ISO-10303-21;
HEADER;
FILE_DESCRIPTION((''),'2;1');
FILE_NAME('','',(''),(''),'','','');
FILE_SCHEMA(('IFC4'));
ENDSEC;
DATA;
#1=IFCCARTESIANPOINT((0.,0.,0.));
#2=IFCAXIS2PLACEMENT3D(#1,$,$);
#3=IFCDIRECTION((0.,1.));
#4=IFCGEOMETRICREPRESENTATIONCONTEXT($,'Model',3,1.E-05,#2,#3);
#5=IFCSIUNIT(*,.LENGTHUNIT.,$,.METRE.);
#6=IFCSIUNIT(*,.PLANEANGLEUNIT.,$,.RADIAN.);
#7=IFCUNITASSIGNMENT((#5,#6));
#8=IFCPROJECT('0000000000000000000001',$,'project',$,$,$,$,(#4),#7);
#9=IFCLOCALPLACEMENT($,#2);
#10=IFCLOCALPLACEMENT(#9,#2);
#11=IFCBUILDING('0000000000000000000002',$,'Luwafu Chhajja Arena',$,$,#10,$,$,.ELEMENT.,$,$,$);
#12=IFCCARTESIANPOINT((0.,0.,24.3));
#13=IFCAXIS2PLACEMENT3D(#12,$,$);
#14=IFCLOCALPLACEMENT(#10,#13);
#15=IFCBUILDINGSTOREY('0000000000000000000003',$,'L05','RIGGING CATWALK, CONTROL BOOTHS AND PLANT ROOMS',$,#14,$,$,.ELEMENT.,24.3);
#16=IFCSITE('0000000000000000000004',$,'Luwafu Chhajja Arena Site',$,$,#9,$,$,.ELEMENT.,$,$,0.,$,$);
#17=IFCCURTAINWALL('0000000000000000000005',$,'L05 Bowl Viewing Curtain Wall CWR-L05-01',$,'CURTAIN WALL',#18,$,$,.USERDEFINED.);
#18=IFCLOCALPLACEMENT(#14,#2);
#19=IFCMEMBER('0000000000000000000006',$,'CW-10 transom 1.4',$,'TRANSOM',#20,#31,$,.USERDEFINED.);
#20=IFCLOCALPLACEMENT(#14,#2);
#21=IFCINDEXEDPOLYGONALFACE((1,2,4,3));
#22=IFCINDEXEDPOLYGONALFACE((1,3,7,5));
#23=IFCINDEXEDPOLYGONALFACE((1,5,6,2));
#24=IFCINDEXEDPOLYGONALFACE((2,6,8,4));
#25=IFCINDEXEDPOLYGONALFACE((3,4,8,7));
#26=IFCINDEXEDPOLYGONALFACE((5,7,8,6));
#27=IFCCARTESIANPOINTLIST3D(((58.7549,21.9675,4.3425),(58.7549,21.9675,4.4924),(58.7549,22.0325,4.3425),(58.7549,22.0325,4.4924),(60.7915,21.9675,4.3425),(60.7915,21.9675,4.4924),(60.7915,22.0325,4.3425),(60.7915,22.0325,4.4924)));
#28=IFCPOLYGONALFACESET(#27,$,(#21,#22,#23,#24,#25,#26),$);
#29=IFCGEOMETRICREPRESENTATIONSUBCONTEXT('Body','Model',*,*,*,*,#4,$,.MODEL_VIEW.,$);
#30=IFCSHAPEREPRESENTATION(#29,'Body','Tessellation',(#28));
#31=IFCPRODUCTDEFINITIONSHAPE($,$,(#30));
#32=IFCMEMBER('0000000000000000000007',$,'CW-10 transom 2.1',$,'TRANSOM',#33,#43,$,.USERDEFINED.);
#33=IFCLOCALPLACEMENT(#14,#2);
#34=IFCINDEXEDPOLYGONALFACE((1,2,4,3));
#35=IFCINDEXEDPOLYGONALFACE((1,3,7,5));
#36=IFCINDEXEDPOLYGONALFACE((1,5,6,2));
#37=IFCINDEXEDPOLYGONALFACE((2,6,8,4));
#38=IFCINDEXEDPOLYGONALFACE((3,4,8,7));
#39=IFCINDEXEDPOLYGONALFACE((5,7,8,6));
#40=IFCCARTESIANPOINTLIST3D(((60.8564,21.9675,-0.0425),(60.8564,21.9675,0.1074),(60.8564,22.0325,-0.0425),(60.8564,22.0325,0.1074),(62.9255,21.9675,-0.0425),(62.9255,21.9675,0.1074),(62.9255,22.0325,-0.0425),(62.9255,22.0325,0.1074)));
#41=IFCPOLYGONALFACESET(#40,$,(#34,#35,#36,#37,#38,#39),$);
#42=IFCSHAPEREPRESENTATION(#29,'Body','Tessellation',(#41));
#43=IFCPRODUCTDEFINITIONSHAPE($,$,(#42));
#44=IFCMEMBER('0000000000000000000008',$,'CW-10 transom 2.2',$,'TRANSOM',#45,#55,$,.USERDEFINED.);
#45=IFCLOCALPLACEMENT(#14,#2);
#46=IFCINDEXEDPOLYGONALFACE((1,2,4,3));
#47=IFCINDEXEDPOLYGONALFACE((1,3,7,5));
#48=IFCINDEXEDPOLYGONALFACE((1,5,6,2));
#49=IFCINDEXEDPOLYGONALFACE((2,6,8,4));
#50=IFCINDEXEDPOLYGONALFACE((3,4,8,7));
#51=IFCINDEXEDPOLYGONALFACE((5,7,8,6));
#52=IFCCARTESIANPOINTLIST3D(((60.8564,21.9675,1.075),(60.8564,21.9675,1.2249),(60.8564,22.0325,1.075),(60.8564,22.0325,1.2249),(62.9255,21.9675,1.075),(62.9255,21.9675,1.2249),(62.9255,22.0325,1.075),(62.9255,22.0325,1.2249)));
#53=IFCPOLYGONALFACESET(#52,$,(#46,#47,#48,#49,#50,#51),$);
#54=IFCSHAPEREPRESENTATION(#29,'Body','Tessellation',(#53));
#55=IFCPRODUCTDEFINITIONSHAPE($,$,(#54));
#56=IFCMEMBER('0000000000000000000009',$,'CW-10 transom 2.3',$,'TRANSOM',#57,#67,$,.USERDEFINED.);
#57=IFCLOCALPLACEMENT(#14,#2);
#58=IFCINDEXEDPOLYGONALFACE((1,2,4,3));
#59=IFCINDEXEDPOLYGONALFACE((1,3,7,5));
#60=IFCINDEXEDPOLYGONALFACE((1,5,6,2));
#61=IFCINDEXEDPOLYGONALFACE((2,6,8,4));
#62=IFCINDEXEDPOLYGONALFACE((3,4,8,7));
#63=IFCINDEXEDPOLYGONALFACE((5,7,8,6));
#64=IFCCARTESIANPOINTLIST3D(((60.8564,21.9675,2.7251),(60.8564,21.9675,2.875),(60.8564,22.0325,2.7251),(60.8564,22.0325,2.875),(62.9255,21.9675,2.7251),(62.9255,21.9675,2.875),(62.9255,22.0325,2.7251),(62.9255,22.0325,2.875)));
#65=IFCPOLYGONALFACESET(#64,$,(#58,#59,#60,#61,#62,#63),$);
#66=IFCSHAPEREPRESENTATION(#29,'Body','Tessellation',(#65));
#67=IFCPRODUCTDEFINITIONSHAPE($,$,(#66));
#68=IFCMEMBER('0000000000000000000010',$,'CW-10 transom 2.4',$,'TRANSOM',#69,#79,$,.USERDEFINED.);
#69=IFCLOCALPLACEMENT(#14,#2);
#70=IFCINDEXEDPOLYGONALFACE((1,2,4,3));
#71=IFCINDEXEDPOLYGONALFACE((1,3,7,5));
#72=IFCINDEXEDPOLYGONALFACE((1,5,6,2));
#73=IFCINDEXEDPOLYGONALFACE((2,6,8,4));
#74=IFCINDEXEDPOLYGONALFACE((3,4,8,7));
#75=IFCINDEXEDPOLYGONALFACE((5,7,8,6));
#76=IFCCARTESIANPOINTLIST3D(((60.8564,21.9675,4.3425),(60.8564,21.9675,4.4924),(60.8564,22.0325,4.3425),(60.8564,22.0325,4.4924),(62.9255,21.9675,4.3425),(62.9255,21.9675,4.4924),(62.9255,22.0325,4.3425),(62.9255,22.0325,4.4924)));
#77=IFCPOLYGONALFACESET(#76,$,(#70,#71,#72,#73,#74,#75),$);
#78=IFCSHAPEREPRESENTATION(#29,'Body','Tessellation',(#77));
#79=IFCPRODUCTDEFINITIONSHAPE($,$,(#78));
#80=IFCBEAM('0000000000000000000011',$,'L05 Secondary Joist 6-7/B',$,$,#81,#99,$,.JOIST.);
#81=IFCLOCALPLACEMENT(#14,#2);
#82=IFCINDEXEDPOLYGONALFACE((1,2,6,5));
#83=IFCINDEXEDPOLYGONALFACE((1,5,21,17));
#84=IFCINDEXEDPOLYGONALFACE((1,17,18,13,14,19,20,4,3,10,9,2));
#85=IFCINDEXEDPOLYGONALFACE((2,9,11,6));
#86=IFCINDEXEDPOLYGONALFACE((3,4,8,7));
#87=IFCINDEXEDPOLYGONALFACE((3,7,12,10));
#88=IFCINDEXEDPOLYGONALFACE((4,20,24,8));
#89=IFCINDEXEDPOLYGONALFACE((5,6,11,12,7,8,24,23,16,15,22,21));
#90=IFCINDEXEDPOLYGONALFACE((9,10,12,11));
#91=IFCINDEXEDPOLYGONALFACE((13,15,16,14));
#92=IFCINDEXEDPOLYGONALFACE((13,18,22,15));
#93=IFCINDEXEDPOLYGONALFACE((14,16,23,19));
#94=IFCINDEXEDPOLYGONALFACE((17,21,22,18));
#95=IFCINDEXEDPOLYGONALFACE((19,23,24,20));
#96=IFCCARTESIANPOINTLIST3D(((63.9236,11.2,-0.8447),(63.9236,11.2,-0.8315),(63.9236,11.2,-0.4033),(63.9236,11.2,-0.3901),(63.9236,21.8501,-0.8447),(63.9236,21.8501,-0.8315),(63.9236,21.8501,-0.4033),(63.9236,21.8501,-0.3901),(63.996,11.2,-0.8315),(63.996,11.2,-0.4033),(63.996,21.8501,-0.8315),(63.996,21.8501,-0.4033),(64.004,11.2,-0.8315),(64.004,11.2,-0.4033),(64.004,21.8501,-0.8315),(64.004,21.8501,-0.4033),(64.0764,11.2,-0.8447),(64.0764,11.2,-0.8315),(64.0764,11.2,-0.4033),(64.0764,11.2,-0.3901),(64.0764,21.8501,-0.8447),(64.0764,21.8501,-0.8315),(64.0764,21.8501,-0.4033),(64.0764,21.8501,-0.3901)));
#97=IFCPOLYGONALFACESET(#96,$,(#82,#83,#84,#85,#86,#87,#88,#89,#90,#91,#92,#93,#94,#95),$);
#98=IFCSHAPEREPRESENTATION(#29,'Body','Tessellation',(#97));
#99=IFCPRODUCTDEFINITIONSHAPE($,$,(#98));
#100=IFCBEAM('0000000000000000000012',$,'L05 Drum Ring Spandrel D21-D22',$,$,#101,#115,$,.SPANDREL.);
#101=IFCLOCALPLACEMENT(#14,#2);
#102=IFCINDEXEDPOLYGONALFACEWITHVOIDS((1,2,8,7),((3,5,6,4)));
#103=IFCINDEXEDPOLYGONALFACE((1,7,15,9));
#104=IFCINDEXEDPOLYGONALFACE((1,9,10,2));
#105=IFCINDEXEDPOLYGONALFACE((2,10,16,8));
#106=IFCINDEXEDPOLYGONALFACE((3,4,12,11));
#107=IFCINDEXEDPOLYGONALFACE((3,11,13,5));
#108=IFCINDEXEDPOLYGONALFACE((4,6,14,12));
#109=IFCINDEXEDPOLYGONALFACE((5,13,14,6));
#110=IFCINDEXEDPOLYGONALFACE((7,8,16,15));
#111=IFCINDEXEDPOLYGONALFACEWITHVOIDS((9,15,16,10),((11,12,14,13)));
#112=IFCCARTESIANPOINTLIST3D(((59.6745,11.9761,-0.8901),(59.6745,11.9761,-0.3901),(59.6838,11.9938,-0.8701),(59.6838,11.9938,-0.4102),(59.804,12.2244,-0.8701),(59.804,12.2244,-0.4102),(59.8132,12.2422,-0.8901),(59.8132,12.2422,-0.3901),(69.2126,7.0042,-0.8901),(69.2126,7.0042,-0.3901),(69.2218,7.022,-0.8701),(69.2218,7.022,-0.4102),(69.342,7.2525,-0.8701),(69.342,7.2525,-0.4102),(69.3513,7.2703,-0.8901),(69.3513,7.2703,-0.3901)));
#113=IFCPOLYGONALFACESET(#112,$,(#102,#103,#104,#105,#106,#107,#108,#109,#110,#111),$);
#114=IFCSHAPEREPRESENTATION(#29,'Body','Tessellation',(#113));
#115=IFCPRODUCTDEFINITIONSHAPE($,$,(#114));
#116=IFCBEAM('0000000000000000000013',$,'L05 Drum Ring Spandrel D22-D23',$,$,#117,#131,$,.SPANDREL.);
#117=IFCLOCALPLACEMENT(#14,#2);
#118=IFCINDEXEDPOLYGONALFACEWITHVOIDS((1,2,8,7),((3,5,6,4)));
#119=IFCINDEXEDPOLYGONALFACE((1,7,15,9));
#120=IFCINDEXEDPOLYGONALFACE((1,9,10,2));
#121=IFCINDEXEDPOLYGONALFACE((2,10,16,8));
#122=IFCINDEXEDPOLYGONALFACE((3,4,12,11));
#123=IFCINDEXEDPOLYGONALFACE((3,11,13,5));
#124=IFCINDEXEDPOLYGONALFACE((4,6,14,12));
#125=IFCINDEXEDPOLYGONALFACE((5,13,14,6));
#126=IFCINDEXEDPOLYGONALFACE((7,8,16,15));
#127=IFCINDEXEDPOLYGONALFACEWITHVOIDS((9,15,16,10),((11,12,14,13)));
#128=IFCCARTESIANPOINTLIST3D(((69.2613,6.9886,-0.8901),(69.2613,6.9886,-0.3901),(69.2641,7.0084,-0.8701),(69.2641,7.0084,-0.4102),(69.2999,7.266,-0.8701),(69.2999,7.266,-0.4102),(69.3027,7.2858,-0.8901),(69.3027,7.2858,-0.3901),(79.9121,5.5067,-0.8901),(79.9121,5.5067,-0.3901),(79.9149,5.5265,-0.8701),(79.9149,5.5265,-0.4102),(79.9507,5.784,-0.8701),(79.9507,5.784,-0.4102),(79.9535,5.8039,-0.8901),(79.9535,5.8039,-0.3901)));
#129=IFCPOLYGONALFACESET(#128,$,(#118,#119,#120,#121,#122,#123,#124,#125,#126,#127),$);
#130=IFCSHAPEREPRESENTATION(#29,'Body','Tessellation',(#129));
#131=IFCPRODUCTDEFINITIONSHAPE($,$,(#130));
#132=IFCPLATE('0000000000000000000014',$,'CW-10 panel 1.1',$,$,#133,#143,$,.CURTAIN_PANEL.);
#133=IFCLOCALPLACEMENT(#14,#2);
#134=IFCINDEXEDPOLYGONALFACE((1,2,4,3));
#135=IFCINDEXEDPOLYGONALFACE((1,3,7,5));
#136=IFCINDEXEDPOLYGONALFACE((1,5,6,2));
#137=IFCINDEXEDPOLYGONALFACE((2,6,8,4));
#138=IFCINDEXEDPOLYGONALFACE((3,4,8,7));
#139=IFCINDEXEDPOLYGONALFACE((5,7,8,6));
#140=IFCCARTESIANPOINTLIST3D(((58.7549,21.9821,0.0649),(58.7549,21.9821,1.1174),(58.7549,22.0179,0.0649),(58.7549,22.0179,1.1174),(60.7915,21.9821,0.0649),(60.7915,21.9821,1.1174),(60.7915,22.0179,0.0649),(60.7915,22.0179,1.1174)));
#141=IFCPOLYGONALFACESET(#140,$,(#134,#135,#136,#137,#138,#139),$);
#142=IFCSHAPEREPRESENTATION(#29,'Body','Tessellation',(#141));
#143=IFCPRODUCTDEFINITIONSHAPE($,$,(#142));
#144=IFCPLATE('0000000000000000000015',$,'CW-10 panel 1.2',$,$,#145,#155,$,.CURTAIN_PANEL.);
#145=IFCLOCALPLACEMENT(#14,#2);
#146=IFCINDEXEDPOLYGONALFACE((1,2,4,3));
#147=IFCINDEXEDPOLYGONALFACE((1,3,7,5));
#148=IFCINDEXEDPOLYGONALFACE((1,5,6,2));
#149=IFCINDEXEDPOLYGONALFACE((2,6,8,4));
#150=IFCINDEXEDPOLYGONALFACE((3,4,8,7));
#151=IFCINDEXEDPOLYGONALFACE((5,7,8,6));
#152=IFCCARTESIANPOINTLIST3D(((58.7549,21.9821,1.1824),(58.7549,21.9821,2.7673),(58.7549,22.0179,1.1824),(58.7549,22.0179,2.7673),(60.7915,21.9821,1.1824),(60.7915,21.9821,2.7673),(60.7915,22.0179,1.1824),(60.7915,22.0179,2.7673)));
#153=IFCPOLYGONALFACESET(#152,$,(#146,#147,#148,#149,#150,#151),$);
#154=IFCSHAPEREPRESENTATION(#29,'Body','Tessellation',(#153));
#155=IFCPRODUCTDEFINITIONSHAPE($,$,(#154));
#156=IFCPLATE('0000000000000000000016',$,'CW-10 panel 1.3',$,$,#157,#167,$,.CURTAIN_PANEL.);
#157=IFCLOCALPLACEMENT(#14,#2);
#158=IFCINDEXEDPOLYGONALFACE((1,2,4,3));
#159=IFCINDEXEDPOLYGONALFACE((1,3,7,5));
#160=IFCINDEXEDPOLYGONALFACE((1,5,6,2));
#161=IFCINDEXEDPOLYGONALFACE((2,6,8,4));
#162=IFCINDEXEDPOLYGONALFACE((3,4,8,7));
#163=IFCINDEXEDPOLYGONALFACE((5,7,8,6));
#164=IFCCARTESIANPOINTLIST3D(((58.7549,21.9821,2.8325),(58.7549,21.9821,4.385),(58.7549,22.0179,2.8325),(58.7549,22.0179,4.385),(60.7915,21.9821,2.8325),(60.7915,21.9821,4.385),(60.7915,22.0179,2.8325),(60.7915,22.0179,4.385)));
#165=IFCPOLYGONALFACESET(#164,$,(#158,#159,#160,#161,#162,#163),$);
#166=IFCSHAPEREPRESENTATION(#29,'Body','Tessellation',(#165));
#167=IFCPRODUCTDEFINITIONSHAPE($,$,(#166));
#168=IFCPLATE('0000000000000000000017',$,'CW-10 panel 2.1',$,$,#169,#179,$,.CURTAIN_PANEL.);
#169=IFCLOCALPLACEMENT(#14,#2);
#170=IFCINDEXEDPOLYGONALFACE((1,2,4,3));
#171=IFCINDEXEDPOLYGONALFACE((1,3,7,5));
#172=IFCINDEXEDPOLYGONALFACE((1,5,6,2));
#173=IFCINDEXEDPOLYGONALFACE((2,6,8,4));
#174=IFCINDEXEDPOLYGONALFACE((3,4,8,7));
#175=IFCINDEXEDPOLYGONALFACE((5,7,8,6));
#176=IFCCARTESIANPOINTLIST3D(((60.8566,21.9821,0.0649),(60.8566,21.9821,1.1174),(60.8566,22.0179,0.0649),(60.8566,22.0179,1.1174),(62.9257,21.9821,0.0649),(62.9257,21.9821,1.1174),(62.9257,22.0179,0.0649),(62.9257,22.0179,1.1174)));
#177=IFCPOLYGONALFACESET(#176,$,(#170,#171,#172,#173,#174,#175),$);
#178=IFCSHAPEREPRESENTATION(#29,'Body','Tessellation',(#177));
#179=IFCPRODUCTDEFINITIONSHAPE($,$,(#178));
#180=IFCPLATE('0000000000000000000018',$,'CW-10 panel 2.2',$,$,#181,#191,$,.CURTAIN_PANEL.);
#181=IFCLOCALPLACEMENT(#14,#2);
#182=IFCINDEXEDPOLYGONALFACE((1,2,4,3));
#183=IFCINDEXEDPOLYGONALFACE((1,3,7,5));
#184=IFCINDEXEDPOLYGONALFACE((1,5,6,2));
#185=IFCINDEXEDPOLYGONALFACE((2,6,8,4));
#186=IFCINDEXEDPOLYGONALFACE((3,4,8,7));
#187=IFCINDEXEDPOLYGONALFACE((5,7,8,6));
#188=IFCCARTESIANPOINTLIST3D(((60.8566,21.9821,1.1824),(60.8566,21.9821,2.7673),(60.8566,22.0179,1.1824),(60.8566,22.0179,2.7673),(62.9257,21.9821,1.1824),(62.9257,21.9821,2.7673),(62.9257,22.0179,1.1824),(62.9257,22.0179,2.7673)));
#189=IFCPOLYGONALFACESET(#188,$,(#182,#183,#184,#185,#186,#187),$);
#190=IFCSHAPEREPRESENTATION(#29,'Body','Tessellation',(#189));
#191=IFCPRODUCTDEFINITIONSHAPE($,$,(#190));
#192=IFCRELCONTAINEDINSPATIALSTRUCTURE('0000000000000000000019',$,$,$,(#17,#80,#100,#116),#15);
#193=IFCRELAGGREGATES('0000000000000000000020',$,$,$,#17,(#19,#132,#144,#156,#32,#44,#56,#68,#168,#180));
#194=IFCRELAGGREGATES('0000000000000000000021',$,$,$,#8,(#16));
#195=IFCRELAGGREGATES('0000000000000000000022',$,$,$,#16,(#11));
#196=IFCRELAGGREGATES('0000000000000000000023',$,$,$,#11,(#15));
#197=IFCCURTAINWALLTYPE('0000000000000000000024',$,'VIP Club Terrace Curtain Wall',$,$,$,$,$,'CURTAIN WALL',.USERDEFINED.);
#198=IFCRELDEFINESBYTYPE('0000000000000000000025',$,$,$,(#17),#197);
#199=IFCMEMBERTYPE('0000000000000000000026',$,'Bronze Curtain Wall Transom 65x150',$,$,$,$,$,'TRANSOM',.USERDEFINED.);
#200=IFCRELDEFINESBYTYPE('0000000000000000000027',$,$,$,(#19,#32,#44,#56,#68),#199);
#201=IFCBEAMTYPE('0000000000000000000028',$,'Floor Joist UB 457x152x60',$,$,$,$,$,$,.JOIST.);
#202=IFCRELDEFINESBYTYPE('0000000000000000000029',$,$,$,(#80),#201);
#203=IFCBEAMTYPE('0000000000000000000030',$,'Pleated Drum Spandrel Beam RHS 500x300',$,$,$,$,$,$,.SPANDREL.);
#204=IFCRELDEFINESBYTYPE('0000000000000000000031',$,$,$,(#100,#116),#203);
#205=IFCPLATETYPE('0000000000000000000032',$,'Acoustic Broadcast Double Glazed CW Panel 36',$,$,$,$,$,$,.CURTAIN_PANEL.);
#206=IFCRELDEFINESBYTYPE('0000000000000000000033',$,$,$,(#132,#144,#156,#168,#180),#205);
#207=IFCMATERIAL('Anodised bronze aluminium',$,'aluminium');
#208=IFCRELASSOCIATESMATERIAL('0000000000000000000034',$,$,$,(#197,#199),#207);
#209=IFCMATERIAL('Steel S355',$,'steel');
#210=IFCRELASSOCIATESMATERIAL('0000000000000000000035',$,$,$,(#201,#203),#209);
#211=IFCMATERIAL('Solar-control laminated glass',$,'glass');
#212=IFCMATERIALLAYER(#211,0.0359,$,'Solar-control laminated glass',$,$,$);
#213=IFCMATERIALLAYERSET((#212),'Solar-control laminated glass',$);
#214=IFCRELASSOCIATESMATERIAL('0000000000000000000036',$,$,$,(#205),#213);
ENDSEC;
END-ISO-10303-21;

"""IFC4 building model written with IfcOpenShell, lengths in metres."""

from ifc_helpers import new_model, si_unit, direction, frame, origin, origin_2d, place, context, subcontext, project, spatial, rectangle, hollow_rectangle, i_section, extrude, material, layer, layer_set, material_profile, profile_set, type_object, element, aggregate, save


model = new_model("IFC4")

# Units and contexts
model_context = context("Model", 3, precision=1e-05, world=origin(), true_north=direction((0.0, 1.0)))
body_context = subcontext(model_context, "Body", "Model", "MODEL_VIEW")
ifc_project = project(units=[si_unit("LENGTHUNIT", "METRE"), si_unit("PLANEANGLEUNIT", "RADIAN")], contexts=[model_context])

# Site, building, storey
site_placement = place(None, origin())
site = spatial("IfcSite", under=ifc_project, at=site_placement, Name="Luwafu Chhajja Arena Site", CompositionType="ELEMENT", RefElevation=0.0)
building_placement = place(site_placement, origin())
building = spatial("IfcBuilding", under=site, at=building_placement, Name="Luwafu Chhajja Arena", CompositionType="ELEMENT")
storey_placement = place(building_placement, frame((0.0, 0.0, 24.3)))
storey = spatial("IfcBuildingStorey", under=building, at=storey_placement, Name="L05", Description="RIGGING CATWALK, CONTROL BOOTHS AND PLANT ROOMS", CompositionType="ELEMENT", Elevation=24.3)

# Shared definitions
ifc_material_1 = material(Name="Steel S355", Category="steel")

# Curtain wall, members
ifc_material_2 = material(Name="Anodised bronze aluminium", Category="aluminium")
curtain_wall_type = type_object("IfcCurtainWallType", Name="VIP Club Terrace Curtain Wall", ElementType="CURTAIN WALL", PredefinedType="USERDEFINED", material=ifc_material_2)
curtain_wall_placement = place(storey_placement, origin())
curtain_wall = element("IfcCurtainWall", 1, at=curtain_wall_placement, inside=storey, type_object=curtain_wall_type, Name="L05 Bowl Viewing Curtain Wall CWR-L05-01", ObjectType="CURTAIN WALL", PredefinedType="USERDEFINED")
ifc_material_profile_1 = material_profile(ifc_material_2, rectangle(XDim=0.0649, YDim=0.1499, at=origin_2d()), Name="CWT 65x150")
ifc_profile_set_1 = profile_set([ifc_material_profile_1], Name="Anodised bronze aluminium")
member_type_1 = type_object("IfcMemberType", Name="Bronze Curtain Wall Transom 65x150", ElementType="TRANSOM", PredefinedType="USERDEFINED", material=ifc_profile_set_1)
member_1_placement = place(storey_placement, frame((58.7549, 22.0, 4.4175), z_axis=(1.0, 0.0, 0.0), x_axis=(0.0, 1.0, 0.0)))
member_1 = element("IfcMember", 2, at=member_1_placement, type_object=member_type_1, Name="CW-10 transom 1.4", ObjectType="TRANSOM", PredefinedType="USERDEFINED", context=body_context, shape_type="SweptSolid", body=[
    extrude(rectangle(XDim=0.0649, YDim=0.1499, at=origin_2d()), origin(), (0.0, 0.0, 1.0), 2.0366),
])
member_2_placement = place(storey_placement, frame((60.8564, 22.0, 0.0325), z_axis=(1.0, 0.0, 0.0), x_axis=(0.0, 1.0, 0.0)))
member_2 = element("IfcMember", 3, at=member_2_placement, type_object=member_type_1, Name="CW-10 transom 2.1", ObjectType="TRANSOM", PredefinedType="USERDEFINED", context=body_context, shape_type="SweptSolid", body=[
    extrude(rectangle(XDim=0.0649, YDim=0.1499, at=origin_2d()), origin(), (0.0, 0.0, 1.0), 2.0691),
])
member_3_placement = place(storey_placement, frame((60.8564, 22.0, 1.1499), z_axis=(1.0, 0.0, 0.0), x_axis=(0.0, 1.0, 0.0)))
member_3 = element("IfcMember", 4, at=member_3_placement, type_object=member_type_1, Name="CW-10 transom 2.2", ObjectType="TRANSOM", PredefinedType="USERDEFINED", context=body_context, shape_type="SweptSolid", body=[
    extrude(rectangle(XDim=0.0649, YDim=0.1499, at=origin_2d()), origin(), (0.0, 0.0, 1.0), 2.0691),
])
member_4_placement = place(storey_placement, frame((60.8564, 22.0, 2.8), z_axis=(1.0, 0.0, 0.0), x_axis=(0.0, 1.0, 0.0)))
member_4 = element("IfcMember", 5, at=member_4_placement, type_object=member_type_1, Name="CW-10 transom 2.3", ObjectType="TRANSOM", PredefinedType="USERDEFINED", context=body_context, shape_type="SweptSolid", body=[
    extrude(rectangle(XDim=0.0649, YDim=0.1499, at=origin_2d()), origin(), (0.0, 0.0, 1.0), 2.0691),
])
member_5_placement = place(storey_placement, frame((60.8564, 22.0, 4.4175), z_axis=(1.0, 0.0, 0.0), x_axis=(0.0, 1.0, 0.0)))
member_5 = element("IfcMember", 6, at=member_5_placement, type_object=member_type_1, Name="CW-10 transom 2.4", ObjectType="TRANSOM", PredefinedType="USERDEFINED", context=body_context, shape_type="SweptSolid", body=[
    extrude(rectangle(XDim=0.0649, YDim=0.1499, at=origin_2d()), origin(), (0.0, 0.0, 1.0), 2.0691),
])

# Beams
ifc_material_profile_2 = material_profile(ifc_material_1, i_section(OverallWidth=0.1528, OverallDepth=0.4546, WebThickness=0.0081, FlangeThickness=0.0132, at=origin_2d()), Name="UB 457x152x60")
ifc_profile_set_2 = profile_set([ifc_material_profile_2], Name="Steel S355")
beam_type_1 = type_object("IfcBeamType", Name="Floor Joist UB 457x152x60", PredefinedType="JOIST", material=ifc_profile_set_2)
beam_1_placement = place(storey_placement, frame((64.0, 11.2, -0.6174), z_axis=(0.0, 1.0, 0.0), x_axis=(-1.0, 0.0, 0.0)))
element("IfcBeam", 7, at=beam_1_placement, inside=storey, type_object=beam_type_1, Name="L05 Secondary Joist 6-7/B", PredefinedType="JOIST", context=body_context, shape_type="SweptSolid", body=[
    extrude(i_section(OverallWidth=0.1528, OverallDepth=0.4546, WebThickness=0.0081, FlangeThickness=0.0132, at=origin_2d()), origin(), (0.0, 0.0, 1.0), 10.6501),
])
ifc_material_profile_3 = material_profile(ifc_material_1, hollow_rectangle(XDim=0.3, YDim=0.5, WallThickness=0.02, at=origin_2d()), Name="RHS 500x300x20")
ifc_profile_set_3 = profile_set([ifc_material_profile_3], Name="Steel S355")
beam_type_2 = type_object("IfcBeamType", Name="Pleated Drum Spandrel Beam RHS 500x300", PredefinedType="SPANDREL", material=ifc_profile_set_3)
beam_2_placement = place(storey_placement, frame((59.7439, 12.1091, -0.6401), z_axis=(0.886755, -0.462239, 0.0), x_axis=(0.462239, 0.886755, 0.0)))
element("IfcBeam", 8, at=beam_2_placement, inside=storey, type_object=beam_type_2, Name="L05 Drum Ring Spandrel D21-D22", PredefinedType="SPANDREL", context=body_context, shape_type="SweptSolid", body=[
    extrude(hollow_rectangle(XDim=0.3, YDim=0.5, WallThickness=0.02, at=origin_2d()), origin(), (0.0, 0.0, 1.0), 10.7561),
])
beam_3_placement = place(storey_placement, frame((69.282, 7.1372, -0.6401), z_axis=(0.990459, -0.13781, 0.0), x_axis=(0.13781, 0.990459, 0.0)))
element("IfcBeam", 9, at=beam_3_placement, inside=storey, type_object=beam_type_2, Name="L05 Drum Ring Spandrel D22-D23", PredefinedType="SPANDREL", context=body_context, shape_type="SweptSolid", body=[
    extrude(hollow_rectangle(XDim=0.3, YDim=0.5, WallThickness=0.02, at=origin_2d()), origin(), (0.0, 0.0, 1.0), 10.7534),
])

# Plates
ifc_material_3 = material(Name="Solar-control laminated glass", Category="glass")
ifc_layer_1 = layer(ifc_material_3, 0.0359, Name="Solar-control laminated glass")
ifc_layer_set_1 = layer_set([ifc_layer_1], Name="Solar-control laminated glass")
plate_type_1 = type_object("IfcPlateType", Name="Acoustic Broadcast Double Glazed CW Panel 36", PredefinedType="CURTAIN_PANEL", material=ifc_layer_set_1)
plate_1_placement = place(storey_placement, frame((59.7732, 22.0, 0.0649), z_axis=(0.0, 0.0, 1.0), x_axis=(1.0, 0.0, 0.0)))
plate_1 = element("IfcPlate", 10, at=plate_1_placement, type_object=plate_type_1, Name="CW-10 panel 1.1", PredefinedType="CURTAIN_PANEL", context=body_context, shape_type="SweptSolid", body=[
    extrude(rectangle(XDim=2.0366, YDim=0.0359, at=origin_2d()), origin(), (0.0, 0.0, 1.0), 1.0525),
])
plate_2_placement = place(storey_placement, frame((59.7732, 22.0, 1.1824), z_axis=(0.0, 0.0, 1.0), x_axis=(1.0, 0.0, 0.0)))
plate_2 = element("IfcPlate", 11, at=plate_2_placement, type_object=plate_type_1, Name="CW-10 panel 1.2", PredefinedType="CURTAIN_PANEL", context=body_context, shape_type="SweptSolid", body=[
    extrude(rectangle(XDim=2.0366, YDim=0.0359, at=origin_2d()), origin(), (0.0, 0.0, 1.0), 1.585),
])
plate_3_placement = place(storey_placement, frame((59.7732, 22.0, 2.8325), z_axis=(0.0, 0.0, 1.0), x_axis=(1.0, 0.0, 0.0)))
plate_3 = element("IfcPlate", 12, at=plate_3_placement, type_object=plate_type_1, Name="CW-10 panel 1.3", PredefinedType="CURTAIN_PANEL", context=body_context, shape_type="SweptSolid", body=[
    extrude(rectangle(XDim=2.0366, YDim=0.0359, at=origin_2d()), origin(), (0.0, 0.0, 1.0), 1.5525),
])
plate_4_placement = place(storey_placement, frame((61.8911, 22.0, 0.0649), z_axis=(0.0, 0.0, 1.0), x_axis=(1.0, 0.0, 0.0)))
plate_4 = element("IfcPlate", 13, at=plate_4_placement, type_object=plate_type_1, Name="CW-10 panel 2.1", PredefinedType="CURTAIN_PANEL", context=body_context, shape_type="SweptSolid", body=[
    extrude(rectangle(XDim=2.0691, YDim=0.0359, at=origin_2d()), origin(), (0.0, 0.0, 1.0), 1.0525),
])
plate_5_placement = place(storey_placement, frame((61.8911, 22.0, 1.1824), z_axis=(0.0, 0.0, 1.0), x_axis=(1.0, 0.0, 0.0)))
plate_5 = element("IfcPlate", 14, at=plate_5_placement, type_object=plate_type_1, Name="CW-10 panel 2.2", PredefinedType="CURTAIN_PANEL", context=body_context, shape_type="SweptSolid", body=[
    extrude(rectangle(XDim=2.0691, YDim=0.0359, at=origin_2d()), origin(), (0.0, 0.0, 1.0), 1.585),
])
aggregate(curtain_wall, [member_1, plate_1, plate_2, plate_3, member_2, member_3, member_4, member_5, plate_4, plate_5])

save(model, "model.ifc")
